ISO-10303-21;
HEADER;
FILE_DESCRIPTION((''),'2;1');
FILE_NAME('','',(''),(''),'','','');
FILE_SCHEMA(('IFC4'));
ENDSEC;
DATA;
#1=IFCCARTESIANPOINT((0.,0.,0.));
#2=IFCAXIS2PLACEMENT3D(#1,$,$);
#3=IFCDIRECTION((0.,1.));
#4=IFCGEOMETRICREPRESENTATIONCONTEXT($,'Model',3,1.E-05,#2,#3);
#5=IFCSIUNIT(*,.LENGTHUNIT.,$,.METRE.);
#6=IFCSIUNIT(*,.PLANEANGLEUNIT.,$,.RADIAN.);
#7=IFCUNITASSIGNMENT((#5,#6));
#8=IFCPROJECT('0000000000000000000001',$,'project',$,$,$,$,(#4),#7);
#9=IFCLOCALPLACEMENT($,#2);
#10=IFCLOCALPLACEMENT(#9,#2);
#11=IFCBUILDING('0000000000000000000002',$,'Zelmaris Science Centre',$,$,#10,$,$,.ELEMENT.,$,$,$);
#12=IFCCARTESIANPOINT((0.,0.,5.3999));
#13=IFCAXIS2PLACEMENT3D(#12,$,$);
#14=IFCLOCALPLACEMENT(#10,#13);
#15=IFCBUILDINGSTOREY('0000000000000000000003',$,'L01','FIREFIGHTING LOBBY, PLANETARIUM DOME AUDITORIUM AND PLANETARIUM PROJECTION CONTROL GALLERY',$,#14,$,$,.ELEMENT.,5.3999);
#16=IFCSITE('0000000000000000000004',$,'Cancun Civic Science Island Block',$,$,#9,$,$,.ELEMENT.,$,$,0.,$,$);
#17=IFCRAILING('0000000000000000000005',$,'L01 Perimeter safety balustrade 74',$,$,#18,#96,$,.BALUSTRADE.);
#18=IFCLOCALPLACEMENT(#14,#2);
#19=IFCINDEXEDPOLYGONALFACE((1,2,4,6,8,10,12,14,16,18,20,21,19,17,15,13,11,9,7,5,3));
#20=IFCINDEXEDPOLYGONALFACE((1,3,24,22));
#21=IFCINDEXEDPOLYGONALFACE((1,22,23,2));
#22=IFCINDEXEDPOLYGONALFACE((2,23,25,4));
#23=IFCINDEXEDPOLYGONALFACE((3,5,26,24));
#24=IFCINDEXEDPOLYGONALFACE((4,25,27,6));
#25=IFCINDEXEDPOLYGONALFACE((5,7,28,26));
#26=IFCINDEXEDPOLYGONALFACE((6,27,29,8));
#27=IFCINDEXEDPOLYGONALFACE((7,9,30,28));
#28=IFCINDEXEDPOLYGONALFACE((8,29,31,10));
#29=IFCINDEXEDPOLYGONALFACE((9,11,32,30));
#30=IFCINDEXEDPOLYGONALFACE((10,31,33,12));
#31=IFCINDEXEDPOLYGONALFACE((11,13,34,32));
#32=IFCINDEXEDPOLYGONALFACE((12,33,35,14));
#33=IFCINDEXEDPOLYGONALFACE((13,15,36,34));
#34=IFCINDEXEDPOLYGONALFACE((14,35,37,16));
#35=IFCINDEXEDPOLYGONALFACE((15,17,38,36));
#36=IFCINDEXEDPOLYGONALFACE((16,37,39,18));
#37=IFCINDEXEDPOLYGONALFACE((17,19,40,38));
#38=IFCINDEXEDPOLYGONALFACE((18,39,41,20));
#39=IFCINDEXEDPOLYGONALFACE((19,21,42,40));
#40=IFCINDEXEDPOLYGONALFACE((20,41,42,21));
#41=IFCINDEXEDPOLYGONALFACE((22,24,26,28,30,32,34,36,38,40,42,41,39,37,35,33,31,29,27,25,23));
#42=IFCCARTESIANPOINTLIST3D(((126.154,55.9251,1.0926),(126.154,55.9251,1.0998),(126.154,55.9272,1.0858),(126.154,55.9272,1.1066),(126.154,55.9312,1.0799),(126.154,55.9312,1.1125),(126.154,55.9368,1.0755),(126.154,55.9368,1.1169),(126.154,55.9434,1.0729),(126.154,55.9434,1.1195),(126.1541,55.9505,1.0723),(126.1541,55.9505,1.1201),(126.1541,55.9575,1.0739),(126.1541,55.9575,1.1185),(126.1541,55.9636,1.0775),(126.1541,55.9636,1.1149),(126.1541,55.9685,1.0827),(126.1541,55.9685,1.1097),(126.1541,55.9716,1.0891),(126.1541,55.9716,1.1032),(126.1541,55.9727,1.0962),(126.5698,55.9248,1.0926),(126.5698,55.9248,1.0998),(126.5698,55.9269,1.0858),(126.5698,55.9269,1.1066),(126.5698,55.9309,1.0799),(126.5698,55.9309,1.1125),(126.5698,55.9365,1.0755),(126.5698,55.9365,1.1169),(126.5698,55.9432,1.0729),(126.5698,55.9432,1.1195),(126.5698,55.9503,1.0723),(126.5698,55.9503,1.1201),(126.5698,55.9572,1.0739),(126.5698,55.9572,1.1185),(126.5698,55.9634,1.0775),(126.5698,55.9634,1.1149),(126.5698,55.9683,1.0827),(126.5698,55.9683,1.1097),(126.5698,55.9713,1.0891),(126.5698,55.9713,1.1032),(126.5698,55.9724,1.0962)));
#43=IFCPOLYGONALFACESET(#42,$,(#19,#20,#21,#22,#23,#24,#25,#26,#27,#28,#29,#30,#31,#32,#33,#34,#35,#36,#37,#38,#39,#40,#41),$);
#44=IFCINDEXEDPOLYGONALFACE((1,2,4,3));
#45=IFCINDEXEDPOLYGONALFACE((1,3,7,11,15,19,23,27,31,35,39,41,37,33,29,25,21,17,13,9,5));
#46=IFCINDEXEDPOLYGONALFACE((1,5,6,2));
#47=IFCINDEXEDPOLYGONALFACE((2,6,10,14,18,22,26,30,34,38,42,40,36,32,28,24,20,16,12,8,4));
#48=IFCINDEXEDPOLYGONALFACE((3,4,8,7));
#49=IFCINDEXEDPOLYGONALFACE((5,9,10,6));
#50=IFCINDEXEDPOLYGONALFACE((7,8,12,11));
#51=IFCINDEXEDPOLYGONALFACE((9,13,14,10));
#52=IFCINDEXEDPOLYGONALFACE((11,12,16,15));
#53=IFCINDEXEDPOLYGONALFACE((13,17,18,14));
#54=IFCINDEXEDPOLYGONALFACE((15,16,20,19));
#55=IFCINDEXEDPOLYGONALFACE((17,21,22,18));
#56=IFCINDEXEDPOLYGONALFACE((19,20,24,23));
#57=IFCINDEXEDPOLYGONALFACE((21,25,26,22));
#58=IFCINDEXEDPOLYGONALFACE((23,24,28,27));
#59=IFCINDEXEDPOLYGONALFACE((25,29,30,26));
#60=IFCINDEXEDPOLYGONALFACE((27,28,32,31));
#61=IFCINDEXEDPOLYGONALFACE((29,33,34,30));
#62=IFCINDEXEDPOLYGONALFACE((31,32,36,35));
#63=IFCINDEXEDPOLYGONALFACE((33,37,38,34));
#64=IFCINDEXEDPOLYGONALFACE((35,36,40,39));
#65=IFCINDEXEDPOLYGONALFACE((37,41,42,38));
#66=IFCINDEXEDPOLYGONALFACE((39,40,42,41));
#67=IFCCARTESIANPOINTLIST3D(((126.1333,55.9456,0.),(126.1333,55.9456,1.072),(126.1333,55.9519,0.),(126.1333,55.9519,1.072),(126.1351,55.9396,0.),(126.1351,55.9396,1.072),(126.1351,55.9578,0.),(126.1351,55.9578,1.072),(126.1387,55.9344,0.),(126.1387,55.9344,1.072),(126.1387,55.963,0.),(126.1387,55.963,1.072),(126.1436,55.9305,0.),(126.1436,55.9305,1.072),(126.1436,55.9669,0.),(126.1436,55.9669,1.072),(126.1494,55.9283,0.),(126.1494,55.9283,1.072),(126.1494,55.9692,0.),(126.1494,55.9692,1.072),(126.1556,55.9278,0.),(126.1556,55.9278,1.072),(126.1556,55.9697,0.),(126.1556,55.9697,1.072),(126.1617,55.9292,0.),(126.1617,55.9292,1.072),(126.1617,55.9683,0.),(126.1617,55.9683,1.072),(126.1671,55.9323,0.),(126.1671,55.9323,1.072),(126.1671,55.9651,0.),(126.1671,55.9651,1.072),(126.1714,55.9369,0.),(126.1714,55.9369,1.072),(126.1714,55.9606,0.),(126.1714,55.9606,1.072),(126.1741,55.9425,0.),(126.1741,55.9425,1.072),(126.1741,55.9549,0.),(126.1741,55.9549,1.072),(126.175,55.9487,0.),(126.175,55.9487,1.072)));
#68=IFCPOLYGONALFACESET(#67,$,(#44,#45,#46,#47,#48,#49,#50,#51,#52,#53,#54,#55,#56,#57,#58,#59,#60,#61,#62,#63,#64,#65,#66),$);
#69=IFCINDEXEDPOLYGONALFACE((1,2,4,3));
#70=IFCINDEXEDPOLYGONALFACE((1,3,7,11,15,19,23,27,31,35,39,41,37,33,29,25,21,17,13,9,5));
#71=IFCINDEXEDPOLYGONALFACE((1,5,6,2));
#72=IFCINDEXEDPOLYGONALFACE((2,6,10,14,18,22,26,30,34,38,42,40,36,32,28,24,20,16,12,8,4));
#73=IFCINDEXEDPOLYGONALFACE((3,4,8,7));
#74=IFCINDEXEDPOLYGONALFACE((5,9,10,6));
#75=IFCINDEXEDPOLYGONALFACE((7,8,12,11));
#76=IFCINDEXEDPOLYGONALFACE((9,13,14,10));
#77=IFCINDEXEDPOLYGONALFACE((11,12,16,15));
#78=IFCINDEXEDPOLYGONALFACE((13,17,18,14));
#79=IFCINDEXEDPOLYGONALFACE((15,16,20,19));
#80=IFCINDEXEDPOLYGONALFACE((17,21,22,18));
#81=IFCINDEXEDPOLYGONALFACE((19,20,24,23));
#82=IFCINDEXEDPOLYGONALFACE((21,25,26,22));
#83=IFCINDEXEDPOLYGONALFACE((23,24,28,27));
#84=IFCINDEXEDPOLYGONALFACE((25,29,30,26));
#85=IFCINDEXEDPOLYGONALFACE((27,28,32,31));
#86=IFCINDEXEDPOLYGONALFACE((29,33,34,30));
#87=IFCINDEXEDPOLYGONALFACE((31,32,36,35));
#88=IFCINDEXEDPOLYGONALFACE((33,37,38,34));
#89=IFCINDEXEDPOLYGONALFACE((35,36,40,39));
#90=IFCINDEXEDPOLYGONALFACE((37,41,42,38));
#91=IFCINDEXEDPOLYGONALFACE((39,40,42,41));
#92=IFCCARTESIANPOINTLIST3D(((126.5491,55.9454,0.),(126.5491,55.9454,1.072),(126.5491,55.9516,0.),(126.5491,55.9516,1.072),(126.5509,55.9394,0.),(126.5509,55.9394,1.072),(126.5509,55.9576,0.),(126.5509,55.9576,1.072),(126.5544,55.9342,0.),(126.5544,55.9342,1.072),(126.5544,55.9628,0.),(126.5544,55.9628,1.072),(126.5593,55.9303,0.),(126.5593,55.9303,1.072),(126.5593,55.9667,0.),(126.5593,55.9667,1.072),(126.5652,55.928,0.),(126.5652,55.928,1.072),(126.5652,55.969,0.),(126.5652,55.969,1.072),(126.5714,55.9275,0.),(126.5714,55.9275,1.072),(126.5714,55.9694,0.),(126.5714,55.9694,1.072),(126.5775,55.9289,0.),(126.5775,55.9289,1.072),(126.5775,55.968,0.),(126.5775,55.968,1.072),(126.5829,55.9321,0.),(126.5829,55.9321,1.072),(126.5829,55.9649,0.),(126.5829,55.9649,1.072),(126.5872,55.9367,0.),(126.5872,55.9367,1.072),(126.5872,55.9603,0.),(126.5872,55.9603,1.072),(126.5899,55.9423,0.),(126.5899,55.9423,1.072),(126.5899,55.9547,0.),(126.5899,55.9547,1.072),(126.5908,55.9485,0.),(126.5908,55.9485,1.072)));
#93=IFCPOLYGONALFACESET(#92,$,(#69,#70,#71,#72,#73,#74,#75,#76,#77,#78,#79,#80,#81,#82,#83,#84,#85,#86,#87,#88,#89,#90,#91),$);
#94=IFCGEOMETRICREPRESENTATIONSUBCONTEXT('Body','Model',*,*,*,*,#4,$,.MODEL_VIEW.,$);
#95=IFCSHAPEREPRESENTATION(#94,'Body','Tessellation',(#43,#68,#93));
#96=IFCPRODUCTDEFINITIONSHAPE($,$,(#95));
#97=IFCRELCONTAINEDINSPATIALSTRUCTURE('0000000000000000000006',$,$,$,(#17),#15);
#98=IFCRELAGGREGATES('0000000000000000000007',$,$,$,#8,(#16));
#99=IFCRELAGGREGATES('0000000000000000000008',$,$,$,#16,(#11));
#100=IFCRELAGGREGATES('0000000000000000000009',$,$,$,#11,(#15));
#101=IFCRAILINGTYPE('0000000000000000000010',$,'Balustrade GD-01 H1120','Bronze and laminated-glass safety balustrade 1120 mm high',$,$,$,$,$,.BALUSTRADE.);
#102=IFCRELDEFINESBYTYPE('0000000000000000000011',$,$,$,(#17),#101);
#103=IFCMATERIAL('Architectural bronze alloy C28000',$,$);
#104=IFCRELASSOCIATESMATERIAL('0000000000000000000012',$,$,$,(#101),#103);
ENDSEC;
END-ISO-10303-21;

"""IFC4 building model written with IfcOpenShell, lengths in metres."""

from ifc_helpers import new_model, si_unit, direction, frame, origin, origin_2d, place, context, subcontext, project, spatial, circle, extrude, material, type_object, element, save


model = new_model("IFC4")

# Units and contexts
model_context = context("Model", 3, precision=1e-05, world=origin(), true_north=direction((0.0, 1.0)))
body_context = subcontext(model_context, "Body", "Model", "MODEL_VIEW")
ifc_project = project(units=[si_unit("LENGTHUNIT", "METRE"), si_unit("PLANEANGLEUNIT", "RADIAN")], contexts=[model_context])

# Site, building, storey
site_placement = place(None, origin())
site = spatial("IfcSite", under=ifc_project, at=site_placement, Name="Cancun Civic Science Island Block", CompositionType="ELEMENT", RefElevation=0.0)
building_placement = place(site_placement, origin())
building = spatial("IfcBuilding", under=site, at=building_placement, Name="Zelmaris Science Centre", CompositionType="ELEMENT")
storey_placement = place(building_placement, frame((0.0, 0.0, 5.3999)))
storey = spatial("IfcBuildingStorey", under=building, at=storey_placement, Name="L01", Description="FIREFIGHTING LOBBY, PLANETARIUM DOME AUDITORIUM AND PLANETARIUM PROJECTION CONTROL GALLERY", CompositionType="ELEMENT", Elevation=5.3999)

# Railing
ifc_material_1 = material(Name="Architectural bronze alloy C28000")
railing_type = type_object("IfcRailingType", Name="Balustrade GD-01 H1120", Description="Bronze and laminated-glass safety balustrade 1120 mm high", PredefinedType="BALUSTRADE", material=ifc_material_1)
railing_1_placement = place(storey_placement, frame((126.1541, 55.9487, 0.0)))
element("IfcRailing", 1, at=railing_1_placement, inside=storey, type_object=railing_type, Name="L01 Perimeter safety balustrade 74", PredefinedType="BALUSTRADE", context=body_context, shape_type="SweptSolid", body=[
    extrude(circle(Radius=0.0239, at=origin_2d()), frame((0.0, 0.0, 1.0962), z_axis=(1.0, -0.000587, 0.0), x_axis=(0.000587, 1.0, 0.0)), (0.0, 0.0, 1.0), 0.4158),
    extrude(circle(Radius=0.021, at=origin_2d()), origin(), (0.0, 0.0, 1.0), 1.072),
    extrude(circle(Radius=0.021, at=origin_2d()), frame((0.4158, -0.0002, 0.0)), (0.0, 0.0, 1.0), 1.072),
])

save(model, "model.ifc")
